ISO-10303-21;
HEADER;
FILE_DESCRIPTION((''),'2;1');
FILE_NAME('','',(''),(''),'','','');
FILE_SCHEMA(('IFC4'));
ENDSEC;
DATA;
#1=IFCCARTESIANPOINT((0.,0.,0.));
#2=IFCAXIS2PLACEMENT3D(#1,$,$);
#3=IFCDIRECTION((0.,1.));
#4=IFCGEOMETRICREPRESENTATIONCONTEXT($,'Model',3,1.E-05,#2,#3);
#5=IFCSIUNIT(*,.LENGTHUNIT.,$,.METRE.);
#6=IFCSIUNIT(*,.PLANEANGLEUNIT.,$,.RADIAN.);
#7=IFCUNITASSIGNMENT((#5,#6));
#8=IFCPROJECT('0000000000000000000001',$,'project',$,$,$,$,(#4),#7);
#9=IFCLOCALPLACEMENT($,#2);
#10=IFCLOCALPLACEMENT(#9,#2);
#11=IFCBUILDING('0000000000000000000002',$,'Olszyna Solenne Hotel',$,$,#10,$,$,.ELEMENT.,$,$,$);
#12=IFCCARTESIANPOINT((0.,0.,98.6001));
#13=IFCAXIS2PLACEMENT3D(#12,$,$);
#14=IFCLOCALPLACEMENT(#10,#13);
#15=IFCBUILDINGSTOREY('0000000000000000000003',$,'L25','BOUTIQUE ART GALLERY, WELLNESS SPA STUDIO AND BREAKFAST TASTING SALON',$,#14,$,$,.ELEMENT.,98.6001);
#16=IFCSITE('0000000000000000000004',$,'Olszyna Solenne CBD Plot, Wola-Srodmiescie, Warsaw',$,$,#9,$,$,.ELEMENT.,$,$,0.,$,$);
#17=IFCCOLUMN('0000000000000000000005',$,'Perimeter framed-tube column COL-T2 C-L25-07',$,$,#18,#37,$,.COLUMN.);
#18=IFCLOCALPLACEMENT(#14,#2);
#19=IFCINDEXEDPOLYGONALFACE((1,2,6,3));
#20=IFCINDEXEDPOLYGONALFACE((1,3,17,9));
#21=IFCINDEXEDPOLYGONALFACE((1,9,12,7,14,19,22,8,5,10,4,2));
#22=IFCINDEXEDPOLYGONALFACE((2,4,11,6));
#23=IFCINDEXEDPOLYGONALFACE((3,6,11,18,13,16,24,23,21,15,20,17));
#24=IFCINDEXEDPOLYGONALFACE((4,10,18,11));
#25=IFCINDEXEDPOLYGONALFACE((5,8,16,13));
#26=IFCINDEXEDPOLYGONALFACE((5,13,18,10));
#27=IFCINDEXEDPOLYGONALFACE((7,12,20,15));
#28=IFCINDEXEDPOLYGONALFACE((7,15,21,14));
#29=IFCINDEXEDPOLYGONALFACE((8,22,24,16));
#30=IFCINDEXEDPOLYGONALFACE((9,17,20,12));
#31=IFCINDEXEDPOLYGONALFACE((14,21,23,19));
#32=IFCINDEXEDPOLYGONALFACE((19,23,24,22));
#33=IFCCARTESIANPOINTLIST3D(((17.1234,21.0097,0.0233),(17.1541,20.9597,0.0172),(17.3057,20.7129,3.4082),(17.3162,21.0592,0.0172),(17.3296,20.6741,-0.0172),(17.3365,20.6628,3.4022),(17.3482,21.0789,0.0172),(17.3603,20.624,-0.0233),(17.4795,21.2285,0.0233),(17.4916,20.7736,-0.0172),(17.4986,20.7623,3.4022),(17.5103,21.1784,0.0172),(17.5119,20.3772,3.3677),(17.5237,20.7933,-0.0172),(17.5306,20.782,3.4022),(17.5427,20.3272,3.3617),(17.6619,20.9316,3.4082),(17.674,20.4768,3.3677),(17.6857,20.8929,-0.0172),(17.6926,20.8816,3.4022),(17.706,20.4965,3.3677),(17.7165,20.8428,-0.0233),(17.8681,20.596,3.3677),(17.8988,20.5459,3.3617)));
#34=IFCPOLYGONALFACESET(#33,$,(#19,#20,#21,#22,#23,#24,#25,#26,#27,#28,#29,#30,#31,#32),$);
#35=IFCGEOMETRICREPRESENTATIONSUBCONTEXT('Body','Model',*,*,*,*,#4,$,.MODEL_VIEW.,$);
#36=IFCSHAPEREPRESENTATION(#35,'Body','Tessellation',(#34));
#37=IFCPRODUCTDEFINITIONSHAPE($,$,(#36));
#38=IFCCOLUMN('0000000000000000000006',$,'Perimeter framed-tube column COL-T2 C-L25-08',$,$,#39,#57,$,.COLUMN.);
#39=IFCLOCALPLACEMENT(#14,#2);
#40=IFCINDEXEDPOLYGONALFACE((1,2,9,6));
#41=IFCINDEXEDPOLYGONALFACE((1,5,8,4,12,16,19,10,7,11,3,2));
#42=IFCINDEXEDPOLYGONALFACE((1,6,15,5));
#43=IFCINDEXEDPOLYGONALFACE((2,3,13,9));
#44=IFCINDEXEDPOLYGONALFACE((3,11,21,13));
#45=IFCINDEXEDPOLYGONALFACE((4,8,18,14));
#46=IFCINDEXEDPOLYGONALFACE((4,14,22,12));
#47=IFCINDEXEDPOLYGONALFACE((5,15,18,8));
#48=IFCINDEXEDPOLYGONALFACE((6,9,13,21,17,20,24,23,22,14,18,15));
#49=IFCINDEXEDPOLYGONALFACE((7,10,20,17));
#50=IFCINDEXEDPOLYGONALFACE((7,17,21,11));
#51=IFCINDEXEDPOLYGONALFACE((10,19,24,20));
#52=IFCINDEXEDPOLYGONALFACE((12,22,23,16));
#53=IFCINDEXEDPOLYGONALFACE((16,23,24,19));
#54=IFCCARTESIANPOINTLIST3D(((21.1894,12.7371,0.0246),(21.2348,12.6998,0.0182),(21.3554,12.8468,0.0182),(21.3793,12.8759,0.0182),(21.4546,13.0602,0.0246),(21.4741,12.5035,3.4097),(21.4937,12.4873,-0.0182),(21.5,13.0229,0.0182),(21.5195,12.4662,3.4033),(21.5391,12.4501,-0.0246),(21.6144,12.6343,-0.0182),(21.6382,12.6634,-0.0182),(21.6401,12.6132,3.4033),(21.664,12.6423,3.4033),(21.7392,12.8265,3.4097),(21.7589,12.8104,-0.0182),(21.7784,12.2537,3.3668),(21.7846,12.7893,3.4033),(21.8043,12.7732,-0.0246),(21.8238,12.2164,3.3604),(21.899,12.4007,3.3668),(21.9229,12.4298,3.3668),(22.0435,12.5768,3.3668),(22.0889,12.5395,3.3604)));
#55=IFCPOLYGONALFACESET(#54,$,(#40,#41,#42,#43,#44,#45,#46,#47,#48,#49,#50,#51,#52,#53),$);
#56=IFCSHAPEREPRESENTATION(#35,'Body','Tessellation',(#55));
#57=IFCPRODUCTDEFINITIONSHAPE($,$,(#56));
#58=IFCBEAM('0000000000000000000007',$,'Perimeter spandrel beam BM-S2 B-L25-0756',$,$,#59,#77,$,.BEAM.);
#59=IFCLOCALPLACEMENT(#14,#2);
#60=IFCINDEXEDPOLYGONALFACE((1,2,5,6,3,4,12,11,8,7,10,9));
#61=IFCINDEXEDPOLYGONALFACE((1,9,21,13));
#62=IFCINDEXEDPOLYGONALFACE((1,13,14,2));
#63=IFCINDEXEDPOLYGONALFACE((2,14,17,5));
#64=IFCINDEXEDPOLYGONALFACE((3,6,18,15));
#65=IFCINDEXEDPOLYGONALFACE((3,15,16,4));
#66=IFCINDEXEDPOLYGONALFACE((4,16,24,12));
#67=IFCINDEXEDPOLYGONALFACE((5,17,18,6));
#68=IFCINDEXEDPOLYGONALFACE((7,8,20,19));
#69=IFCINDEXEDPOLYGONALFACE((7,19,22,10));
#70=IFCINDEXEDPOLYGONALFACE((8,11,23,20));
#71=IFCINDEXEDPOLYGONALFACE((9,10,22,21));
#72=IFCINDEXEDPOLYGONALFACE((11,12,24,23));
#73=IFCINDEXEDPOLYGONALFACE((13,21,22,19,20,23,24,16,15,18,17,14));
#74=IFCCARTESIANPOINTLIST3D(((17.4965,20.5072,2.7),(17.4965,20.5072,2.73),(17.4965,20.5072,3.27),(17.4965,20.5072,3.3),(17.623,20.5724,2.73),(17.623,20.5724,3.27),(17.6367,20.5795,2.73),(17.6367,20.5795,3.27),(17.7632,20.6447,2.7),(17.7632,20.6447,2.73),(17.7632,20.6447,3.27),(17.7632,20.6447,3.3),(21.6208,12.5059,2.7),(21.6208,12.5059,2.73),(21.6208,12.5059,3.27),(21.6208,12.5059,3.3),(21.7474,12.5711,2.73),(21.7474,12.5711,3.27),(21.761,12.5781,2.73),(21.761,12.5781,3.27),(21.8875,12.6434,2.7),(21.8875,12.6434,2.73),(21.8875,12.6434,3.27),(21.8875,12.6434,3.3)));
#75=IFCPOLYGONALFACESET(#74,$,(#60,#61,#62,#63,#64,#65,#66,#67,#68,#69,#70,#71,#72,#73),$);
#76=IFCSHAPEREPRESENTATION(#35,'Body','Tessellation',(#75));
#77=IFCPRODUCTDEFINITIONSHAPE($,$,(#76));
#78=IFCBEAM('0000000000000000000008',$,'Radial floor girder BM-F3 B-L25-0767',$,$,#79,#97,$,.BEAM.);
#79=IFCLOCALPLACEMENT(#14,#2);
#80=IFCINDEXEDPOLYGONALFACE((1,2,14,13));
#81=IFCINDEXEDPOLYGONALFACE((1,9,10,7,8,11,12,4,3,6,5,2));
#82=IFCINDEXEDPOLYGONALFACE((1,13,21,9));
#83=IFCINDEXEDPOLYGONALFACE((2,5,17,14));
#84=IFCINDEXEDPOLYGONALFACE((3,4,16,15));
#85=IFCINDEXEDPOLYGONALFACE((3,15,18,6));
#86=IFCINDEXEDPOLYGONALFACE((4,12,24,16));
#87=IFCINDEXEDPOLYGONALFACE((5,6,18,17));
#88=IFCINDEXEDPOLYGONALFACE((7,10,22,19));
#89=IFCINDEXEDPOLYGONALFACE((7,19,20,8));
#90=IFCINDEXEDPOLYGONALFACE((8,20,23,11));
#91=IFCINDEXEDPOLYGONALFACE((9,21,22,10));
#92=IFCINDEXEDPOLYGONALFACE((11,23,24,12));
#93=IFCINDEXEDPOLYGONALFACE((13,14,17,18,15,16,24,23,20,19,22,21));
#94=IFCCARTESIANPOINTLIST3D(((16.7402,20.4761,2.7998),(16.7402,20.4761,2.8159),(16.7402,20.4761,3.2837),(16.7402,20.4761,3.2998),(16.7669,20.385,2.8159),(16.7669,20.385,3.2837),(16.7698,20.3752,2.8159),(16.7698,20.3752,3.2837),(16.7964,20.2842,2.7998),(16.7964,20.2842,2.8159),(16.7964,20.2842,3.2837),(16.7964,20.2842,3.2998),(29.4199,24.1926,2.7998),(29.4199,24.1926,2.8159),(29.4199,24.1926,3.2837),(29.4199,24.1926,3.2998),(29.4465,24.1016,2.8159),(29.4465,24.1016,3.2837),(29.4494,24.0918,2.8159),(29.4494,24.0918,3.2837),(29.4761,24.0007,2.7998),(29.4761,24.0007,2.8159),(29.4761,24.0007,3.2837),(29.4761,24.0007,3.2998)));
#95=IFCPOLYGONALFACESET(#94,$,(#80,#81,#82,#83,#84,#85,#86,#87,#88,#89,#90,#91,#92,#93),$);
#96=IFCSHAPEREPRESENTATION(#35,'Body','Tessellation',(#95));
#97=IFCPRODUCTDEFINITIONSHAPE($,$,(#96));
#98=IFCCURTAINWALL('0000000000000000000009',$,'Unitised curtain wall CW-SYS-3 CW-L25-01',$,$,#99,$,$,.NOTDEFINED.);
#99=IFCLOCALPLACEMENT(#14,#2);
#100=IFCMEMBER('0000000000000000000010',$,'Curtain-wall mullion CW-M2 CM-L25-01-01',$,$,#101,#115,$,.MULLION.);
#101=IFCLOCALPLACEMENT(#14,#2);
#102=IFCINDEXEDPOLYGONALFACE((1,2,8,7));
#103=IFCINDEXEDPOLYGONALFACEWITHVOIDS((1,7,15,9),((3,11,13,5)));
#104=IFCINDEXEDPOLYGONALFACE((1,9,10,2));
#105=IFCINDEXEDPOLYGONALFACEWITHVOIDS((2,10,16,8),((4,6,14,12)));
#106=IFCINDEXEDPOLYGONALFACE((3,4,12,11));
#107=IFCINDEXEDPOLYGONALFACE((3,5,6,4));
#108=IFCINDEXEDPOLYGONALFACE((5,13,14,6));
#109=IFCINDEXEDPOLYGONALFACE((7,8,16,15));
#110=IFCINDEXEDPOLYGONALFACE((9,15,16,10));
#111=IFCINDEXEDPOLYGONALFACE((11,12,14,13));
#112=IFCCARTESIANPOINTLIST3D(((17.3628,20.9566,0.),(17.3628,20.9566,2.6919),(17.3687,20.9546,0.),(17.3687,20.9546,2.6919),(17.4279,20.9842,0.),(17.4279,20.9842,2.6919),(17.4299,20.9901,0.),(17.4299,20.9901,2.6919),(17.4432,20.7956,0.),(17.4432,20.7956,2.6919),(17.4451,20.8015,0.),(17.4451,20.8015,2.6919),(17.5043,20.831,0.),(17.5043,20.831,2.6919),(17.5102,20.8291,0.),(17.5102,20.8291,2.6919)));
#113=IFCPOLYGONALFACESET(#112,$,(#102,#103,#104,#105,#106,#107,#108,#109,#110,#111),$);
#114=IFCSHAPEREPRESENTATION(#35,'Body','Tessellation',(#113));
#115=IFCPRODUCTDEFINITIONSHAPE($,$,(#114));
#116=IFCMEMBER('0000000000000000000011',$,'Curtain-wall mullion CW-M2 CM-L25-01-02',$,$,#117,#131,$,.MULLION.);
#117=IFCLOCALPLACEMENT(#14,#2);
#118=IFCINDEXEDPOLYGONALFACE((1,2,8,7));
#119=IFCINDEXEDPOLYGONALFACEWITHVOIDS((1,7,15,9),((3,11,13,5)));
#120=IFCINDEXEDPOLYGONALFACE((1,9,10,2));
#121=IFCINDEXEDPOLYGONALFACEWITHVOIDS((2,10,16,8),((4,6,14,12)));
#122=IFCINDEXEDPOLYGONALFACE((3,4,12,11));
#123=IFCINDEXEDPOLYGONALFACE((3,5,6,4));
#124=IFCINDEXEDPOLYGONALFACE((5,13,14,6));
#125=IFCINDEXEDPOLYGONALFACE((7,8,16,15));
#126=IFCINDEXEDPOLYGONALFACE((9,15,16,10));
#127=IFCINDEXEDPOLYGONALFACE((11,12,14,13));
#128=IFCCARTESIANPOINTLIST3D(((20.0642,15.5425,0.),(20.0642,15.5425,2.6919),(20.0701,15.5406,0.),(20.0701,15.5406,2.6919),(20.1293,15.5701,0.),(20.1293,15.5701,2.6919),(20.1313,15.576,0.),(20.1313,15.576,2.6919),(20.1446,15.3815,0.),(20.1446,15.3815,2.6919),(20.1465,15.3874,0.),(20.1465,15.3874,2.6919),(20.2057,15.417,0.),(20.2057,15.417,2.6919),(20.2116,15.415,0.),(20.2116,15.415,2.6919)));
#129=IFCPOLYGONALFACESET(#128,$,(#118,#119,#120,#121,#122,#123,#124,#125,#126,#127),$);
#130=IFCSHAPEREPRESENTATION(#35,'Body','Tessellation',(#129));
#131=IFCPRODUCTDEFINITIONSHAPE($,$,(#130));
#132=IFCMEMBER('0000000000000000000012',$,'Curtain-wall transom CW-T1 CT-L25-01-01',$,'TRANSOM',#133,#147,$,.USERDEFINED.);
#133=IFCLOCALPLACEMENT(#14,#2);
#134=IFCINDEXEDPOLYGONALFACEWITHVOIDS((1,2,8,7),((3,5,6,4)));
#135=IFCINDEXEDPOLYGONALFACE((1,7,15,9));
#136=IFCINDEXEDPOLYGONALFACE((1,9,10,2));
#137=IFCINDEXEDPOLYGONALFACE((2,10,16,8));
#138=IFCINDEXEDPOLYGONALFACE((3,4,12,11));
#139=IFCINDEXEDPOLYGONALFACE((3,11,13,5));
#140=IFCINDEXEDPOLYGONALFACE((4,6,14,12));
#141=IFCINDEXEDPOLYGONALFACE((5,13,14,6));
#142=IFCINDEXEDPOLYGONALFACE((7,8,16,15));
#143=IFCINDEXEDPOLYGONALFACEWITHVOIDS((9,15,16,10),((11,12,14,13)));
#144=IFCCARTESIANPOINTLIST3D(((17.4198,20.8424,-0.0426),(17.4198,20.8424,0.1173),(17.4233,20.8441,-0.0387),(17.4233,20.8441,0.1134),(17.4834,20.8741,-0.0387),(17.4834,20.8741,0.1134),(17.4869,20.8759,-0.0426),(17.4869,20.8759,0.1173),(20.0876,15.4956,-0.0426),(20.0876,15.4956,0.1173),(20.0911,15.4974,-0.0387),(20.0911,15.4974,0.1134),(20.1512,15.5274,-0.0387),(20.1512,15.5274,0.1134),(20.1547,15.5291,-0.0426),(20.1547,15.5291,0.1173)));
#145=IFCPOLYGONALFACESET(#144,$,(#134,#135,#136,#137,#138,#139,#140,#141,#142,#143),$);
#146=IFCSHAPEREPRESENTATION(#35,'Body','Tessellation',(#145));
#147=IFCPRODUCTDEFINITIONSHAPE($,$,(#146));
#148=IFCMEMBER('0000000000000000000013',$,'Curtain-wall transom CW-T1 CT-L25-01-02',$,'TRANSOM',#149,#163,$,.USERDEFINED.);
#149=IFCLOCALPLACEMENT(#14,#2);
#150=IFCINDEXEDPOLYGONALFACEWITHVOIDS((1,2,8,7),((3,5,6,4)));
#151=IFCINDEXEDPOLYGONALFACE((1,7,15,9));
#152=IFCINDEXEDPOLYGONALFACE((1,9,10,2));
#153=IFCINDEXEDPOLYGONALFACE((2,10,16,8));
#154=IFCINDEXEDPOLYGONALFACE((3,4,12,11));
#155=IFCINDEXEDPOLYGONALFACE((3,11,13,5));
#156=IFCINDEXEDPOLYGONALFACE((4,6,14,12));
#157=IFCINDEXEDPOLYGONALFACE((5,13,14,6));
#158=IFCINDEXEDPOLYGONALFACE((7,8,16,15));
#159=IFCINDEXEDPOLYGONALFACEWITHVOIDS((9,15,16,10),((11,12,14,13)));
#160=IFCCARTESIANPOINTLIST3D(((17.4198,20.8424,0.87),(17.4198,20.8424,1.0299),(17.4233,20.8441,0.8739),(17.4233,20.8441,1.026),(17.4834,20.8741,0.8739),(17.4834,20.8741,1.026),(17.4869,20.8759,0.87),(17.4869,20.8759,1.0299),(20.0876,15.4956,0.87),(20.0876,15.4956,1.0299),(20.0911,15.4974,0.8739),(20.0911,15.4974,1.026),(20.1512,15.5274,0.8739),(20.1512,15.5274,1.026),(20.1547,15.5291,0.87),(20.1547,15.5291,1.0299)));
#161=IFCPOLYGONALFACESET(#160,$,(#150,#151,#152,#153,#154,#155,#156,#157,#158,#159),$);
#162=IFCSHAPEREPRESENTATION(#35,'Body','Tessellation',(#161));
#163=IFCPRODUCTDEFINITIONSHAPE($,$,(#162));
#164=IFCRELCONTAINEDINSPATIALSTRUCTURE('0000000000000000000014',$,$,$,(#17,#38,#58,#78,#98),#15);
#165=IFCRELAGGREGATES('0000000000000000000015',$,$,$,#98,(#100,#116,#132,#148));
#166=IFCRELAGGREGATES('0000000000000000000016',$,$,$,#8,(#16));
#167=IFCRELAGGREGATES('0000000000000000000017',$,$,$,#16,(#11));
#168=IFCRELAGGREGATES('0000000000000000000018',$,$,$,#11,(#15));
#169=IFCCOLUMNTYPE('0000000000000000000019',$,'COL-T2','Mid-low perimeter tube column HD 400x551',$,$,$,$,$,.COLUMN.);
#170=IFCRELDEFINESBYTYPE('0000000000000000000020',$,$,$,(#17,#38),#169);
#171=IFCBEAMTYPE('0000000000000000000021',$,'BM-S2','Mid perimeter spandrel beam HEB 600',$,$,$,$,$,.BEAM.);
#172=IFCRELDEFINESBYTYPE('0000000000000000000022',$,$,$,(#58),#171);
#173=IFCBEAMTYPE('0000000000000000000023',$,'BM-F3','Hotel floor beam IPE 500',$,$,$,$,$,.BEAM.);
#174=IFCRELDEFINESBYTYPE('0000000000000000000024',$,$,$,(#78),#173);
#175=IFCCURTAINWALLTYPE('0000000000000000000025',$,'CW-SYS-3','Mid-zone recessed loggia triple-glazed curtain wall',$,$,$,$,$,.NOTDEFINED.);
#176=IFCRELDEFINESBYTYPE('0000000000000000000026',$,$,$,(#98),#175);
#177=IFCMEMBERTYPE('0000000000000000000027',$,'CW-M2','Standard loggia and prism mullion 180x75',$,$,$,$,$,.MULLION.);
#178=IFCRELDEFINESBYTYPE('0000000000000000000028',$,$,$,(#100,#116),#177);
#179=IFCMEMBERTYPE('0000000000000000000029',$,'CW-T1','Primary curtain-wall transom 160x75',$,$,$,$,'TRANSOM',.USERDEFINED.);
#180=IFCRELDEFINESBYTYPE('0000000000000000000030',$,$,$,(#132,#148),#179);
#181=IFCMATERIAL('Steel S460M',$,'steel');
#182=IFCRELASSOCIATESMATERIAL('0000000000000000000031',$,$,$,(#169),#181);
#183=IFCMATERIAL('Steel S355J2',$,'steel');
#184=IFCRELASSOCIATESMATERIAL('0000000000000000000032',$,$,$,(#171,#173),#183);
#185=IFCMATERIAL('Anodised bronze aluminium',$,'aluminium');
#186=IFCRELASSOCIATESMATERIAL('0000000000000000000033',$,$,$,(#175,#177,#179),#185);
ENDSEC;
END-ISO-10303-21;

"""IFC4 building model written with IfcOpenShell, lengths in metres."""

from ifc_helpers import new_model, si_unit, direction, frame, origin, origin_2d, place, context, subcontext, project, spatial, hollow_rectangle, i_section, extrude, source, transform, mapped, material, material_profile, profile_set, type_object, element, aggregate, save


model = new_model("IFC4")

# Units and contexts
model_context = context("Model", 3, precision=1e-05, world=origin(), true_north=direction((0.0, 1.0)))
body_context = subcontext(model_context, "Body", "Model", "MODEL_VIEW")
ifc_project = project(units=[si_unit("LENGTHUNIT", "METRE"), si_unit("PLANEANGLEUNIT", "RADIAN")], contexts=[model_context])

# Site, building, storey
site_placement = place(None, origin())
site = spatial("IfcSite", under=ifc_project, at=site_placement, Name="Olszyna Solenne CBD Plot, Wola-Srodmiescie, Warsaw", CompositionType="ELEMENT", RefElevation=0.0)
building_placement = place(site_placement, origin())
building = spatial("IfcBuilding", under=site, at=building_placement, Name="Olszyna Solenne Hotel", CompositionType="ELEMENT")
storey_placement = place(building_placement, frame((0.0, 0.0, 98.6001)))
storey = spatial("IfcBuildingStorey", under=building, at=storey_placement, Name="L25", Description="BOUTIQUE ART GALLERY, WELLNESS SPA STUDIO AND BREAKFAST TASTING SALON", CompositionType="ELEMENT", Elevation=98.6001)

# Columns
ifc_material_1 = material(Name="Steel S460M", Category="steel")
ifc_material_profile_1 = material_profile(ifc_material_1, i_section(OverallWidth=0.418, OverallDepth=0.4551, WebThickness=0.0376, FlangeThickness=0.0591, at=origin_2d()), Name="HD 400x551", Category="load-bearing")
ifc_profile_set_1 = profile_set([ifc_material_profile_1], Name="Steel S460M")
column_type = type_object("IfcColumnType", Name="COL-T2", Description="Mid-low perimeter tube column HD 400x551", PredefinedType="COLUMN", material=ifc_profile_set_1)
shared_shape_1 = source(origin(), body_context, "Body", "SweptSolid", [
    extrude(i_section(OverallWidth=0.418, OverallDepth=0.4551, WebThickness=0.0376, FlangeThickness=0.0591, at=origin_2d()), origin(), (0.0, 0.0, 1.0), 3.4028),
])
column_1_placement = place(storey_placement, frame((17.4199, 20.9263, 0.0), z_axis=(0.053594, -0.087242, 0.994744), x_axis=(0.852067, 0.523433, 0.0)))
element("IfcColumn", 1, at=column_1_placement, inside=storey, type_object=column_type, Name="Perimeter framed-tube column COL-T2 C-L25-07", PredefinedType="COLUMN", context=body_context, shape_type="MappedRepresentation", body=[
    mapped(shared_shape_1, transform((0.0, 0.0, 0.0), x_axis=(1.0, 0.0, 0.0), y_axis=(0.0, 1.0, 0.0), z_axis=(0.0, 0.0, 1.0), scale=1.0)),
])
shared_shape_2 = source(origin(), body_context, "Body", "SweptSolid", [
    extrude(i_section(OverallWidth=0.418, OverallDepth=0.4551, WebThickness=0.0376, FlangeThickness=0.0591, at=origin_2d()), origin(), (0.0, 0.0, 1.0), 3.405),
])
column_2_placement = place(storey_placement, frame((21.4968, 12.7551, 0.0), z_axis=(0.083603, -0.068618, 0.994134), x_axis=(0.634428, 0.772982, 0.0)))
element("IfcColumn", 2, at=column_2_placement, inside=storey, type_object=column_type, Name="Perimeter framed-tube column COL-T2 C-L25-08", PredefinedType="COLUMN", context=body_context, shape_type="MappedRepresentation", body=[
    mapped(shared_shape_2, transform((0.0, 0.0, 0.0), x_axis=(1.0, 0.0, 0.0), y_axis=(0.0, 1.0, 0.0), z_axis=(0.0, 0.0, 1.0), scale=1.0)),
])

# Beams
ifc_material_2 = material(Name="Steel S355J2", Category="steel")
ifc_material_profile_2 = material_profile(ifc_material_2, i_section(OverallWidth=0.3, OverallDepth=0.6001, WebThickness=0.0154, FlangeThickness=0.03, at=origin_2d()), Name="HEB 600", Category="load-bearing")
ifc_profile_set_2 = profile_set([ifc_material_profile_2], Name="Steel S355J2")
beam_type_1 = type_object("IfcBeamType", Name="BM-S2", Description="Mid perimeter spandrel beam HEB 600", PredefinedType="BEAM", material=ifc_profile_set_2)
shared_shape_3 = source(origin(), body_context, "Body", "SweptSolid", [
    extrude(i_section(OverallWidth=0.3, OverallDepth=0.6001, WebThickness=0.0154, FlangeThickness=0.03, at=origin_2d()), origin(), (0.0, 0.0, 1.0), 9.0017),
])
beam_1_placement = place(storey_placement, frame((17.6299, 20.5759, 3.0), z_axis=(0.45817, -0.888865, 0.0), x_axis=(0.888865, 0.45817, 0.0)))
element("IfcBeam", 3, at=beam_1_placement, inside=storey, type_object=beam_type_1, Name="Perimeter spandrel beam BM-S2 B-L25-0756", PredefinedType="BEAM", context=body_context, shape_type="MappedRepresentation", body=[
    mapped(shared_shape_3, transform((0.0, 0.0, 0.0), x_axis=(1.0, 0.0, 0.0), y_axis=(0.0, 1.0, 0.0), z_axis=(0.0, 0.0, 1.0), scale=1.0)),
])
ifc_material_profile_3 = material_profile(ifc_material_2, i_section(OverallWidth=0.2, OverallDepth=0.5, WebThickness=0.0103, FlangeThickness=0.0161, at=origin_2d()), Name="IPE 500", Category="load-bearing")
ifc_profile_set_3 = profile_set([ifc_material_profile_3], Name="Steel S355J2")
beam_type_2 = type_object("IfcBeamType", Name="BM-F3", Description="Hotel floor beam IPE 500", PredefinedType="BEAM", material=ifc_profile_set_3)
shared_shape_4 = source(origin(), body_context, "Body", "SweptSolid", [
    extrude(i_section(OverallWidth=0.2, OverallDepth=0.5, WebThickness=0.0103, FlangeThickness=0.0161, at=origin_2d()), origin(), (0.0, 0.0, 1.0), 13.2131),
])
beam_2_placement = place(storey_placement, frame((16.7683, 20.3801, 3.0498), z_axis=(0.959627, 0.281277, 0.0), x_axis=(-0.281277, 0.959627, 0.0)))
element("IfcBeam", 4, at=beam_2_placement, inside=storey, type_object=beam_type_2, Name="Radial floor girder BM-F3 B-L25-0767", PredefinedType="BEAM", context=body_context, shape_type="MappedRepresentation", body=[
    mapped(shared_shape_4, transform((0.0, 0.0, 0.0), x_axis=(1.0, 0.0, 0.0), y_axis=(0.0, 1.0, 0.0), z_axis=(0.0, 0.0, 1.0), scale=1.0)),
])

# Curtain wall, members
ifc_material_3 = material(Name="Anodised bronze aluminium", Category="aluminium")
curtain_wall_type = type_object("IfcCurtainWallType", Name="CW-SYS-3", Description="Mid-zone recessed loggia triple-glazed curtain wall", PredefinedType="NOTDEFINED", material=ifc_material_3)
curtain_wall_placement = place(storey_placement, origin())
curtain_wall = element("IfcCurtainWall", 5, at=curtain_wall_placement, inside=storey, type_object=curtain_wall_type, Name="Unitised curtain wall CW-SYS-3 CW-L25-01", PredefinedType="NOTDEFINED")
ifc_material_profile_4 = material_profile(ifc_material_3, hollow_rectangle(XDim=0.075, YDim=0.1799, WallThickness=0.0044, at=origin_2d()), Name="MULL 180x75x4.5", Category="load-bearing")
ifc_profile_set_4 = profile_set([ifc_material_profile_4], Name="Anodised bronze aluminium")
member_type_1 = type_object("IfcMemberType", Name="CW-M2", Description="Standard loggia and prism mullion 180x75", PredefinedType="MULLION", material=ifc_profile_set_4)
shared_shape_5 = source(origin(), body_context, "Body", "SweptSolid", [
    extrude(hollow_rectangle(XDim=0.075, YDim=0.1799, WallThickness=0.0044, at=origin_2d()), origin(), (0.0, 0.0, 1.0), 2.6919),
])
member_1_placement = place(storey_placement, frame((17.4365, 20.8928, 0.0), z_axis=(0.0, 0.0, 1.0), x_axis=(0.8948, 0.446467, 0.0)))
member_1 = element("IfcMember", 6, at=member_1_placement, type_object=member_type_1, Name="Curtain-wall mullion CW-M2 CM-L25-01-01", PredefinedType="MULLION", context=body_context, shape_type="MappedRepresentation", body=[
    mapped(shared_shape_5, transform((0.0, 0.0, 0.0), x_axis=(1.0, 0.0, 0.0), y_axis=(0.0, 1.0, 0.0), z_axis=(0.0, 0.0, 1.0), scale=1.0)),
])
member_2_placement = place(storey_placement, frame((20.1379, 15.4788, 0.0), z_axis=(0.0, 0.0, 1.0), x_axis=(0.8948, 0.446467, 0.0)))
member_2 = element("IfcMember", 7, at=member_2_placement, type_object=member_type_1, Name="Curtain-wall mullion CW-M2 CM-L25-01-02", PredefinedType="MULLION", context=body_context, shape_type="MappedRepresentation", body=[
    mapped(shared_shape_5, transform((0.0, 0.0, 0.0), x_axis=(1.0, 0.0, 0.0), y_axis=(0.0, 1.0, 0.0), z_axis=(0.0, 0.0, 1.0), scale=1.0)),
])
ifc_material_profile_5 = material_profile(ifc_material_3, hollow_rectangle(XDim=0.075, YDim=0.1599, WallThickness=0.0039, at=origin_2d()), Name="TRAN 160x75x4", Category="load-bearing")
ifc_profile_set_5 = profile_set([ifc_material_profile_5], Name="Anodised bronze aluminium")
member_type_2 = type_object("IfcMemberType", Name="CW-T1", Description="Primary curtain-wall transom 160x75", ElementType="TRANSOM", PredefinedType="USERDEFINED", material=ifc_profile_set_5)
shared_shape_6 = source(origin(), body_context, "Body", "SweptSolid", [
    extrude(hollow_rectangle(XDim=0.075, YDim=0.1599, WallThickness=0.0039, at=origin_2d()), origin(), (0.0, 0.0, 1.0), 5.9753),
])
member_3_placement = place(storey_placement, frame((17.4534, 20.8591, 0.0374), z_axis=(0.446462, -0.894803, 0.0), x_axis=(0.894803, 0.446462, 0.0)))
member_3 = element("IfcMember", 8, at=member_3_placement, type_object=member_type_2, Name="Curtain-wall transom CW-T1 CT-L25-01-01", ObjectType="TRANSOM", PredefinedType="USERDEFINED", context=body_context, shape_type="MappedRepresentation", body=[
    mapped(shared_shape_6, transform((0.0, 0.0, 0.0), x_axis=(1.0, 0.0, 0.0), y_axis=(0.0, 1.0, 0.0), z_axis=(0.0, 0.0, 1.0), scale=1.0)),
])
member_4_placement = place(storey_placement, frame((17.4534, 20.8591, 0.95), z_axis=(0.446462, -0.894803, 0.0), x_axis=(0.894803, 0.446462, 0.0)))
member_4 = element("IfcMember", 9, at=member_4_placement, type_object=member_type_2, Name="Curtain-wall transom CW-T1 CT-L25-01-02", ObjectType="TRANSOM", PredefinedType="USERDEFINED", context=body_context, shape_type="MappedRepresentation", body=[
    mapped(shared_shape_6, transform((0.0, 0.0, 0.0), x_axis=(1.0, 0.0, 0.0), y_axis=(0.0, 1.0, 0.0), z_axis=(0.0, 0.0, 1.0), scale=1.0)),
])

aggregate(curtain_wall, [member_1, member_2, member_3, member_4])

save(model, "model.ifc")
